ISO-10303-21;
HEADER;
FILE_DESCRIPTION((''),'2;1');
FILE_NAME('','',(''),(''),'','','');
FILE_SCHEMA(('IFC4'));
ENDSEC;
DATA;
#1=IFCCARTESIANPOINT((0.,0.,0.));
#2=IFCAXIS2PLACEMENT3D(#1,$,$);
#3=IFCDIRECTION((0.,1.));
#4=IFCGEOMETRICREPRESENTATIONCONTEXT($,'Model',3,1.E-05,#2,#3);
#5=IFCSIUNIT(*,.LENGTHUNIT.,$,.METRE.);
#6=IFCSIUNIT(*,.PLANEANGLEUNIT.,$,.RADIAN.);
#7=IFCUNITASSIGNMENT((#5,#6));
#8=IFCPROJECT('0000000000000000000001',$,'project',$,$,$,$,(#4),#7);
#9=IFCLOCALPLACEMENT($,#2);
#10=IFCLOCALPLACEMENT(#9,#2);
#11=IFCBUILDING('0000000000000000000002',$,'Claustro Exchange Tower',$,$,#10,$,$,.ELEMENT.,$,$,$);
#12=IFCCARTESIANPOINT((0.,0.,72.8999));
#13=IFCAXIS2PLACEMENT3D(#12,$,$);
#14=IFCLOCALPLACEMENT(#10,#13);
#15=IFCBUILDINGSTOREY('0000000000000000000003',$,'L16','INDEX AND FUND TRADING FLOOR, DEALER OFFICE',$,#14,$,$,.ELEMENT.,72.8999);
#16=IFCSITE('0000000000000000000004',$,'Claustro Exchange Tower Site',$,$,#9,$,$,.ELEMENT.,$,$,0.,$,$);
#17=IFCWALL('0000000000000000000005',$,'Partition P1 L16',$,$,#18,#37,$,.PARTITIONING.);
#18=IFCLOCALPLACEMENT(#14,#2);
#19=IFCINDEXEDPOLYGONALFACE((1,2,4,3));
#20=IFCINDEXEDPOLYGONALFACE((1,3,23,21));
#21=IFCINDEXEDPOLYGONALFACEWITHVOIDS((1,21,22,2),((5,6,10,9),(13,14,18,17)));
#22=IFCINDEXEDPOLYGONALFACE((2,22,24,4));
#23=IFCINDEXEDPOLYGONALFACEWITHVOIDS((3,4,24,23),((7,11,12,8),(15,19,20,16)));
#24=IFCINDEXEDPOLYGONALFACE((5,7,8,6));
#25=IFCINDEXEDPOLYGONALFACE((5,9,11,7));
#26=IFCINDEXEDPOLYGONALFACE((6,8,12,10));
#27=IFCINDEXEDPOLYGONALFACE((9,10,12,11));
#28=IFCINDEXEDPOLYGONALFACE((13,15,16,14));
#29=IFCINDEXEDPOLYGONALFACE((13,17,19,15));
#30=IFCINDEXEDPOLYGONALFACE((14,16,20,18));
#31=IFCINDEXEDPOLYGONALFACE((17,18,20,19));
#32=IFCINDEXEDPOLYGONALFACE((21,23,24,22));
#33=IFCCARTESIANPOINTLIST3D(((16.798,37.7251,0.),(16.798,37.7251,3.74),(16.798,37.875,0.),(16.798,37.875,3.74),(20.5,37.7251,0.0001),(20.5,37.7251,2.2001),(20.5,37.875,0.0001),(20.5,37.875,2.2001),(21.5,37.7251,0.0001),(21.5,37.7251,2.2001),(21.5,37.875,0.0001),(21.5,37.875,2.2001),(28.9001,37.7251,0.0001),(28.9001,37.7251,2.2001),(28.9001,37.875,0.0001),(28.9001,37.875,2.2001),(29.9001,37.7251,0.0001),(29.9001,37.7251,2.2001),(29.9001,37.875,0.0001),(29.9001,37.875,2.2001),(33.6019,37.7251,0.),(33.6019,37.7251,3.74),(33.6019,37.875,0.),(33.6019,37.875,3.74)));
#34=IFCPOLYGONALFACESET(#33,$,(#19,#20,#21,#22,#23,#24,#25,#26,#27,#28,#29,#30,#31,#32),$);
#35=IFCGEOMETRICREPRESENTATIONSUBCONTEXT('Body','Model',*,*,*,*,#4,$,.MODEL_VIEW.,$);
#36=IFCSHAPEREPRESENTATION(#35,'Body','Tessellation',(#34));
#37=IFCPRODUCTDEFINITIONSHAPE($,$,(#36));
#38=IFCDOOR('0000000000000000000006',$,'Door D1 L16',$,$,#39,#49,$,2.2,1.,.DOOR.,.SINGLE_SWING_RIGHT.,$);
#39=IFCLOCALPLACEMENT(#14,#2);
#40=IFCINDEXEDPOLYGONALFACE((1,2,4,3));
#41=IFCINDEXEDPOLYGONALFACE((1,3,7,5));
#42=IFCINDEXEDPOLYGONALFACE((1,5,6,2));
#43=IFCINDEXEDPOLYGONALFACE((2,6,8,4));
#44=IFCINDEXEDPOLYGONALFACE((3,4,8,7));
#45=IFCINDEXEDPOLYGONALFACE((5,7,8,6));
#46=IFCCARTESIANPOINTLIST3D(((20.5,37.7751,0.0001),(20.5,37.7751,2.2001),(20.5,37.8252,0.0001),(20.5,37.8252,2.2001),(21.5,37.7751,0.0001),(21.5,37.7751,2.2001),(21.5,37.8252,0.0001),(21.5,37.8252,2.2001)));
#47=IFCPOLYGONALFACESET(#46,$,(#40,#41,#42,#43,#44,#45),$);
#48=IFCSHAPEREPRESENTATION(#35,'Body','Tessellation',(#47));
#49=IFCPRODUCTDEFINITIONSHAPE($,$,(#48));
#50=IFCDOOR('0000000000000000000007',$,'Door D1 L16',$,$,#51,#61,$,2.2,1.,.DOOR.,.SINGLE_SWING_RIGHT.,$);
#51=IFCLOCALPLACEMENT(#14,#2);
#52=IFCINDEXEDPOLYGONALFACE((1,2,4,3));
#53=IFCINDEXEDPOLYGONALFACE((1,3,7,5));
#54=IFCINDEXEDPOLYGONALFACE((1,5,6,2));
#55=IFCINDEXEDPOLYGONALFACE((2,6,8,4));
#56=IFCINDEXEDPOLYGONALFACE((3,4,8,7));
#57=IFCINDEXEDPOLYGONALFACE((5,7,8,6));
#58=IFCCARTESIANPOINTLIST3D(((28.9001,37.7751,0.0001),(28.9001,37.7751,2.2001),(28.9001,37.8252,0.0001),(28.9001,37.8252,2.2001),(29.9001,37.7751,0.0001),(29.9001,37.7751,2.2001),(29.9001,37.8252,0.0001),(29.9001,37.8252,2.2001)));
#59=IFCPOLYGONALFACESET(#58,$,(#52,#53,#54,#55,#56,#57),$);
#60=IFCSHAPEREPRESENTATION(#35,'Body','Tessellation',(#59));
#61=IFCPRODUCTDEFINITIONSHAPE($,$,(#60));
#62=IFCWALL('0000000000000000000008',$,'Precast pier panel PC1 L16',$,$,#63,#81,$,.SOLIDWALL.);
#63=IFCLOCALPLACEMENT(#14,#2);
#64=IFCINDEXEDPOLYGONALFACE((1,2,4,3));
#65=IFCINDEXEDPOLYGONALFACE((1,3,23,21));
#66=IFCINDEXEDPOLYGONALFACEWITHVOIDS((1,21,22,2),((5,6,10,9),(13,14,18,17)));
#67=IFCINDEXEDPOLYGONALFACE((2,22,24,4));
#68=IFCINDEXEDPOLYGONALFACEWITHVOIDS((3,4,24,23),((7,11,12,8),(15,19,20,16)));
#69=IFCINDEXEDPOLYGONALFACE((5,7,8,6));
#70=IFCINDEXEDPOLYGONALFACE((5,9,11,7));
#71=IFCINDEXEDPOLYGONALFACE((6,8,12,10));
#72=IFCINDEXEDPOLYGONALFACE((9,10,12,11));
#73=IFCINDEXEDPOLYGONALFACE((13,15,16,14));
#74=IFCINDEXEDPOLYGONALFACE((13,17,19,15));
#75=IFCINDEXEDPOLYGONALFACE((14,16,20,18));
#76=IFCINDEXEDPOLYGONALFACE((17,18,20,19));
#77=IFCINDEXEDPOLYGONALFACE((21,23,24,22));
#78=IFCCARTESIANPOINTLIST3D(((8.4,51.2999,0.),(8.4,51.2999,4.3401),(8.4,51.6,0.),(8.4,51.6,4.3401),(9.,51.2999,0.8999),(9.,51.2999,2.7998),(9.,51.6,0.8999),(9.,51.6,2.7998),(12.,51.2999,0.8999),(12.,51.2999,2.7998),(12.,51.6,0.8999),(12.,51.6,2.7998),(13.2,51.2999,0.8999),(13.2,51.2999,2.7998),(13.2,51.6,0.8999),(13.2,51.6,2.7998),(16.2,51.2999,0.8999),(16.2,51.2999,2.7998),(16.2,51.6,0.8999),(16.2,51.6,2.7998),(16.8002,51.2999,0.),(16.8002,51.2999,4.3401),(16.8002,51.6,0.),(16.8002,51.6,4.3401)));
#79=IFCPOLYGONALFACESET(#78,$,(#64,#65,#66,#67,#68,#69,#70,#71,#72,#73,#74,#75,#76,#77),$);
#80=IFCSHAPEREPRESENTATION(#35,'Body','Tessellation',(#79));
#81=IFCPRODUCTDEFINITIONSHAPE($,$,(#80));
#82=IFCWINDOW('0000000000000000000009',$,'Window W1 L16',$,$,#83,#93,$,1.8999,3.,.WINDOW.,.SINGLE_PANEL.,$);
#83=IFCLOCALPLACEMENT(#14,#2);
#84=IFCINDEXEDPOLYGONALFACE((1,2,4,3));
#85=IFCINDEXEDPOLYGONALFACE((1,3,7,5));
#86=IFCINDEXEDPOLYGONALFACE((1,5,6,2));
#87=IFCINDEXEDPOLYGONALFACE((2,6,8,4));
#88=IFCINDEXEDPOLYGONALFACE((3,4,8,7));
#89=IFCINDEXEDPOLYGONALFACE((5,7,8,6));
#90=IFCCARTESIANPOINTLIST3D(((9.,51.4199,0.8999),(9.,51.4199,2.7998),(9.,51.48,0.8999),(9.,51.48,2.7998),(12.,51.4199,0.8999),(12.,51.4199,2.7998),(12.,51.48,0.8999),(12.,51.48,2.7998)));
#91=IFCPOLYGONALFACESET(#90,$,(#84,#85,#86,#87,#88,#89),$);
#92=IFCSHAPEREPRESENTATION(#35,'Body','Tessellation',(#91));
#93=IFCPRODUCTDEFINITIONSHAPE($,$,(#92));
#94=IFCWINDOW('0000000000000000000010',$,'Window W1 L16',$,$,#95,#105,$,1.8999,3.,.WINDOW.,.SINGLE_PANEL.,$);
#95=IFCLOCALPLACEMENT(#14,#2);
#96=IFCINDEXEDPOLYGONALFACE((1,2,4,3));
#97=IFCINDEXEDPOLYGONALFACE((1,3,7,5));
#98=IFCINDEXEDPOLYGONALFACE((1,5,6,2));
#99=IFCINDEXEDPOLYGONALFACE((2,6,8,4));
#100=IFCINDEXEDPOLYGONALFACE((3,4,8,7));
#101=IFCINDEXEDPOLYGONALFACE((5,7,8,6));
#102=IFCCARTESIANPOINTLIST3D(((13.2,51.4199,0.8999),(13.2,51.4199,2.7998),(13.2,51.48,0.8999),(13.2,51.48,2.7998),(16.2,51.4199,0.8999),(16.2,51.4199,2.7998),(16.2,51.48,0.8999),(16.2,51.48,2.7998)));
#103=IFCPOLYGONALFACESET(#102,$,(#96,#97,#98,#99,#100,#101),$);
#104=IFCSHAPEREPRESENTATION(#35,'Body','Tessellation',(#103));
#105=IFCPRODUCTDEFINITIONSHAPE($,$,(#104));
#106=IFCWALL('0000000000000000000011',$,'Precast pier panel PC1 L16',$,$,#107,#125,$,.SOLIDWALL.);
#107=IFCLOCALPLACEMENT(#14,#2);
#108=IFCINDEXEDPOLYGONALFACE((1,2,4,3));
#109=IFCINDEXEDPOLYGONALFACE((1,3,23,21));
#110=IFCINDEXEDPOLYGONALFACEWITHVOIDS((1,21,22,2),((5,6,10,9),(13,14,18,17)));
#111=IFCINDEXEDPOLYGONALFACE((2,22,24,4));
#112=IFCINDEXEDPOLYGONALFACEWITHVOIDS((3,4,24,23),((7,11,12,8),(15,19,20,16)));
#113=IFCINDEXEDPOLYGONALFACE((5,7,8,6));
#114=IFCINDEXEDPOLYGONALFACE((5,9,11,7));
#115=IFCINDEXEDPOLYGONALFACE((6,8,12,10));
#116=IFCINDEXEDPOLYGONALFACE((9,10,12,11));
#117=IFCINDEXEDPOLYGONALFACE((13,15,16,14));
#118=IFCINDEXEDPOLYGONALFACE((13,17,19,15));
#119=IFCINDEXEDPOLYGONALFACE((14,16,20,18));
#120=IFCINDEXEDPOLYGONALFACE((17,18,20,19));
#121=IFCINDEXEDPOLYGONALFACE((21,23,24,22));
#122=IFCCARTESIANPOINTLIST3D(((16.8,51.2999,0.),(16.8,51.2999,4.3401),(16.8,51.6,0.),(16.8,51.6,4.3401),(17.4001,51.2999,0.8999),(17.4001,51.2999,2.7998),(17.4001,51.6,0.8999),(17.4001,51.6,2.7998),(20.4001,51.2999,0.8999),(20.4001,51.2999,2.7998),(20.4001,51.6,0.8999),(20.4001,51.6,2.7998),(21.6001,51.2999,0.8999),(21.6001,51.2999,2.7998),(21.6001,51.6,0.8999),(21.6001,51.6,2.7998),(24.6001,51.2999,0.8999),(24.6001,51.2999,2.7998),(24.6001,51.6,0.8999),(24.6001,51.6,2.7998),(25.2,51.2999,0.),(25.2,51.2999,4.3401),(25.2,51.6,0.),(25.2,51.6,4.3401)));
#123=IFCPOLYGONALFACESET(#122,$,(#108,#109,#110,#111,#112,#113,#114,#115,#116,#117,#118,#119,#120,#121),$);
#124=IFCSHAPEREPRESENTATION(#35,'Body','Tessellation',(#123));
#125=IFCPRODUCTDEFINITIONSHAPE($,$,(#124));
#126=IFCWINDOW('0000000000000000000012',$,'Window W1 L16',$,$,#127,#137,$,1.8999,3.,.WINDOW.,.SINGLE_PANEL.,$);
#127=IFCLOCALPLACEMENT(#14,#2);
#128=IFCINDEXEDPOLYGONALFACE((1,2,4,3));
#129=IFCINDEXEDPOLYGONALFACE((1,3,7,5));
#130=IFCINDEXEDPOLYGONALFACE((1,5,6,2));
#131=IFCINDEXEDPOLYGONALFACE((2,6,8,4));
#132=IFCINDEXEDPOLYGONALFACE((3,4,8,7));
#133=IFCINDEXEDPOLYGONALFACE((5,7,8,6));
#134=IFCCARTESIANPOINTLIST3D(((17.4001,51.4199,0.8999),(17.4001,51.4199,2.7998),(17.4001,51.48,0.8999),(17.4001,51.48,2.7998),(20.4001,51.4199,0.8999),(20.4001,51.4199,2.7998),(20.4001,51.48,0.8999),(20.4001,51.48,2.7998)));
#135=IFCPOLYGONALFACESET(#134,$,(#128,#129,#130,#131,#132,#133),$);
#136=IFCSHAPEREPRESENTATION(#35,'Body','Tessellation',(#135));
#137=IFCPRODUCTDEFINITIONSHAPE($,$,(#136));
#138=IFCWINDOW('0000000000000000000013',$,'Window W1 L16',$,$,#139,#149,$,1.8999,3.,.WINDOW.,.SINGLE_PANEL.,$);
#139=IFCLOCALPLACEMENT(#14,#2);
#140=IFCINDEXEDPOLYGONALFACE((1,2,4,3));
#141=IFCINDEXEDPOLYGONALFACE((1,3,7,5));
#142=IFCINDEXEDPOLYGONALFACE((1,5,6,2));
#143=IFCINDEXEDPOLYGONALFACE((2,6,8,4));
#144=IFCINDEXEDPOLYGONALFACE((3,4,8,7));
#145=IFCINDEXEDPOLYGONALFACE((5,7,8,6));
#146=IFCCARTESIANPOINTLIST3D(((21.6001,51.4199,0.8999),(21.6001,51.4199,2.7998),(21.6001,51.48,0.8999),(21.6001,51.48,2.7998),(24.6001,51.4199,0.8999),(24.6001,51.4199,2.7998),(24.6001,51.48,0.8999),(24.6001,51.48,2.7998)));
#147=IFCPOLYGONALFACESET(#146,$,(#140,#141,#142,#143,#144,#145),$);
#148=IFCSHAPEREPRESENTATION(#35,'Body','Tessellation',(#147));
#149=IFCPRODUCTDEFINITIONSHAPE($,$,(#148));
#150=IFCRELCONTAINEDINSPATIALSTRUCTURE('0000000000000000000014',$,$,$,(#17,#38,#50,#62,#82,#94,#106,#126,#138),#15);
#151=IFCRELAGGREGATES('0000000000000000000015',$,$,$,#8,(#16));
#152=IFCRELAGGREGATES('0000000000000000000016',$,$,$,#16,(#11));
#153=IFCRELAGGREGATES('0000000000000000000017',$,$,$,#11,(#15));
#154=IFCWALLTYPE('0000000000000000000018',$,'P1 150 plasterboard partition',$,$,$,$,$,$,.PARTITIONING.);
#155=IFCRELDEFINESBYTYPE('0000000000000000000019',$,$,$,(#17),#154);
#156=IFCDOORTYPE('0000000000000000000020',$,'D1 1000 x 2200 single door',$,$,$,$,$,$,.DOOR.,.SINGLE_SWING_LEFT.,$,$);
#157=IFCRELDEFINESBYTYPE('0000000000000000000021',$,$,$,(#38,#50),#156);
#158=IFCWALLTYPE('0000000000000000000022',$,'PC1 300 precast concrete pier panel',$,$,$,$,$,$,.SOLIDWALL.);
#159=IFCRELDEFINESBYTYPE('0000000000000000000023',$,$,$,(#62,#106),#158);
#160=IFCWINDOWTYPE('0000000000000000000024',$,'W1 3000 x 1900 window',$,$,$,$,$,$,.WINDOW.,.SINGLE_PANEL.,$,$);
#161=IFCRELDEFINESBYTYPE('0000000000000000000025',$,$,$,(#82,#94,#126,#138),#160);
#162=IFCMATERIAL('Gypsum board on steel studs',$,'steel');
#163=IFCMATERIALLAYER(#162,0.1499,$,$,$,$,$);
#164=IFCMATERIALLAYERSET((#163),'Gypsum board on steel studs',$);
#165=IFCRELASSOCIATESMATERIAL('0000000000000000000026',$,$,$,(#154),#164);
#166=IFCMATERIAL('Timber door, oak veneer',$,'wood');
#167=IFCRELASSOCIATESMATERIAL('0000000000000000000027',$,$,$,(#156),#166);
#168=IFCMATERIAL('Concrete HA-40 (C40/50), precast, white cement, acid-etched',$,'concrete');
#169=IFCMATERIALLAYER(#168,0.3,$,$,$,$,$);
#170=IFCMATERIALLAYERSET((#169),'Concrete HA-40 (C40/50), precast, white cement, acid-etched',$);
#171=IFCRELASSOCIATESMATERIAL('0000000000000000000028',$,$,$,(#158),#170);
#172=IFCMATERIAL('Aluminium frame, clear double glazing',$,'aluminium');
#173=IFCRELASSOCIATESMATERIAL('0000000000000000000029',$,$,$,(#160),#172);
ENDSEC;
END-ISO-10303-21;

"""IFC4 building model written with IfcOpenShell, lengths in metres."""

from ifc_helpers import new_model, si_unit, direction, frame, frame_2d, origin, place, context, subcontext, project, spatial, rectangle, extrude, material, layer, layer_set, type_object, element, fill, save


model = new_model("IFC4")

# Units and contexts
model_context = context("Model", 3, precision=1e-05, world=origin(), true_north=direction((0.0, 1.0)))
body_context = subcontext(model_context, "Body", "Model", "MODEL_VIEW")
ifc_project = project(units=[si_unit("LENGTHUNIT", "METRE"), si_unit("PLANEANGLEUNIT", "RADIAN")], contexts=[model_context])

# Site, building, storey
site_placement = place(None, origin())
site = spatial("IfcSite", under=ifc_project, at=site_placement, Name="Claustro Exchange Tower Site", CompositionType="ELEMENT", RefElevation=0.0)
building_placement = place(site_placement, origin())
building = spatial("IfcBuilding", under=site, at=building_placement, Name="Claustro Exchange Tower", CompositionType="ELEMENT")
storey_placement = place(building_placement, frame((0.0, 0.0, 72.8999)))
storey = spatial("IfcBuildingStorey", under=building, at=storey_placement, Name="L16", Description="INDEX AND FUND TRADING FLOOR, DEALER OFFICE", CompositionType="ELEMENT", Elevation=72.8999)

# Shared definitions
ifc_material_1 = material(Name="Gypsum board on steel studs", Category="steel")
ifc_layer_1 = layer(ifc_material_1, 0.1499)
ifc_layer_set_1 = layer_set([ifc_layer_1], Name="Gypsum board on steel studs")
wall_type_1 = type_object("IfcWallType", Name="P1 150 plasterboard partition", PredefinedType="PARTITIONING", material=ifc_layer_set_1)

# Wall, openings, doors
wall_1_placement = place(storey_placement, frame((16.7981, 37.8, 0.0), z_axis=(0.0, 0.0, 1.0), x_axis=(1.0, 0.0, 0.0)))
wall_1 = element("IfcWall", 1, at=wall_1_placement, inside=storey, type_object=wall_type_1, Name="Partition P1 L16", PredefinedType="PARTITIONING", context=body_context, shape_type="SweptSolid", body=[
    extrude(rectangle(XDim=16.804, YDim=0.1499, at=frame_2d((8.4019, 0.0))), origin(), (0.0, 0.0, 1.0), 3.74),
])
opening_1_placement = place(wall_1_placement, frame((3.7019, 0.0, 0.0)))
opening_1 = element("IfcOpeningElement", 2, at=opening_1_placement, cuts=wall_1, PredefinedType="OPENING", context=body_context, shape_type="SweptSolid", body=[
    extrude(rectangle(XDim=1.0, YDim=2.2, at=frame_2d((0.5, 1.1001))), frame((0.0, 0.085, 0.0), z_axis=(0.0, -1.0, 0.0), x_axis=(1.0, 0.0, 0.0)), (0.0, 0.0, 1.0), 0.1699),
])
opening_2_placement = place(wall_1_placement, frame((12.1021, 0.0, 0.0)))
opening_2 = element("IfcOpeningElement", 3, at=opening_2_placement, cuts=wall_1, PredefinedType="OPENING", context=body_context, shape_type="SweptSolid", body=[
    extrude(rectangle(XDim=1.0, YDim=2.2, at=frame_2d((0.5, 1.1001))), frame((0.0, 0.085, 0.0), z_axis=(0.0, -1.0, 0.0), x_axis=(1.0, 0.0, 0.0)), (0.0, 0.0, 1.0), 0.1699),
])
ifc_material_2 = material(Name="Timber door, oak veneer", Category="wood")
door_type = type_object("IfcDoorType", Name="D1 1000 x 2200 single door", OperationType="SINGLE_SWING_LEFT", PredefinedType="DOOR", material=ifc_material_2)
door_1_placement = place(opening_1_placement, frame((1.0, 0.0, 0.0), z_axis=(0.0, 0.0, 1.0), x_axis=(-1.0, 0.0, 0.0)))
door_1 = element("IfcDoor", 4, at=door_1_placement, inside=storey, type_object=door_type, Name="Door D1 L16", OperationType="SINGLE_SWING_RIGHT", OverallHeight=2.2, OverallWidth=1.0, PredefinedType="DOOR", context=body_context, shape_type="SweptSolid", body=[
    extrude(rectangle(XDim=1.0, YDim=2.2, at=frame_2d((0.5, 1.1001))), frame((0.0, 0.0249, 0.0), z_axis=(0.0, -1.0, 0.0), x_axis=(1.0, 0.0, 0.0)), (0.0, 0.0, 1.0), 0.05),
])
fill(opening_1, door_1)
door_2_placement = place(opening_2_placement, frame((1.0, 0.0, 0.0), z_axis=(0.0, 0.0, 1.0), x_axis=(-1.0, 0.0, 0.0)))
door_2 = element("IfcDoor", 5, at=door_2_placement, inside=storey, type_object=door_type, Name="Door D1 L16", OperationType="SINGLE_SWING_RIGHT", OverallHeight=2.2, OverallWidth=1.0, PredefinedType="DOOR", context=body_context, shape_type="SweptSolid", body=[
    extrude(rectangle(XDim=1.0, YDim=2.2, at=frame_2d((0.5, 1.1001))), frame((0.0, 0.0249, 0.0), z_axis=(0.0, -1.0, 0.0), x_axis=(1.0, 0.0, 0.0)), (0.0, 0.0, 1.0), 0.05),
])
fill(opening_2, door_2)

# Walls, openings, windows
ifc_material_3 = material(Name="Concrete HA-40 (C40/50), precast, white cement, acid-etched", Category="concrete")
ifc_layer_2 = layer(ifc_material_3, 0.3)
ifc_layer_set_2 = layer_set([ifc_layer_2], Name="Concrete HA-40 (C40/50), precast, white cement, acid-etched")
wall_type_2 = type_object("IfcWallType", Name="PC1 300 precast concrete pier panel", PredefinedType="SOLIDWALL", material=ifc_layer_set_2)
wall_2_placement = place(storey_placement, frame((8.3999, 51.45, 0.0), z_axis=(0.0, 0.0, 1.0), x_axis=(1.0, 0.0, 0.0)))
wall_2 = element("IfcWall", 6, at=wall_2_placement, inside=storey, type_object=wall_type_2, Name="Precast pier panel PC1 L16", PredefinedType="SOLIDWALL", context=body_context, shape_type="SweptSolid", body=[
    extrude(rectangle(XDim=8.4001, YDim=0.3, at=frame_2d((4.2002, 0.0))), origin(), (0.0, 0.0, 1.0), 4.3401),
])
opening_3_placement = place(wall_2_placement, frame((0.6001, 0.0, 0.8999)))
opening_3 = element("IfcOpeningElement", 7, at=opening_3_placement, cuts=wall_2, PredefinedType="OPENING", context=body_context, shape_type="SweptSolid", body=[
    extrude(rectangle(XDim=3.0, YDim=1.8999, at=frame_2d((1.5, 0.95))), frame((0.0, 0.1599, 0.0), z_axis=(0.0, -1.0, 0.0), x_axis=(1.0, 0.0, 0.0)), (0.0, 0.0, 1.0), 0.3201),
])
opening_4_placement = place(wall_2_placement, frame((4.8, 0.0, 0.8999)))
opening_4 = element("IfcOpeningElement", 8, at=opening_4_placement, cuts=wall_2, PredefinedType="OPENING", context=body_context, shape_type="SweptSolid", body=[
    extrude(rectangle(XDim=3.0, YDim=1.8999, at=frame_2d((1.5, 0.95))), frame((0.0, 0.1599, 0.0), z_axis=(0.0, -1.0, 0.0), x_axis=(1.0, 0.0, 0.0)), (0.0, 0.0, 1.0), 0.3201),
])
ifc_material_4 = material(Name="Aluminium frame, clear double glazing", Category="aluminium")
window_type = type_object("IfcWindowType", Name="W1 3000 x 1900 window", PartitioningType="SINGLE_PANEL", PredefinedType="WINDOW", material=ifc_material_4)
window_1_placement = place(opening_3_placement, origin())
window_1 = element("IfcWindow", 9, at=window_1_placement, inside=storey, type_object=window_type, Name="Window W1 L16", OverallHeight=1.8999, OverallWidth=3.0, PartitioningType="SINGLE_PANEL", PredefinedType="WINDOW", context=body_context, shape_type="SweptSolid", body=[
    extrude(rectangle(XDim=3.0, YDim=1.8999, at=frame_2d((1.5, 0.95))), frame((0.0, 0.03, 0.0), z_axis=(0.0, -1.0, 0.0), x_axis=(1.0, 0.0, 0.0)), (0.0, 0.0, 1.0), 0.0601),
])
fill(opening_3, window_1)
window_2_placement = place(opening_4_placement, origin())
window_2 = element("IfcWindow", 10, at=window_2_placement, inside=storey, type_object=window_type, Name="Window W1 L16", OverallHeight=1.8999, OverallWidth=3.0, PartitioningType="SINGLE_PANEL", PredefinedType="WINDOW", context=body_context, shape_type="SweptSolid", body=[
    extrude(rectangle(XDim=3.0, YDim=1.8999, at=frame_2d((1.5, 0.95))), frame((0.0, 0.03, 0.0), z_axis=(0.0, -1.0, 0.0), x_axis=(1.0, 0.0, 0.0)), (0.0, 0.0, 1.0), 0.0601),
])
fill(opening_4, window_2)
wall_3_placement = place(storey_placement, frame((16.8, 51.45, 0.0), z_axis=(0.0, 0.0, 1.0), x_axis=(1.0, 0.0, 0.0)))
wall_3 = element("IfcWall", 11, at=wall_3_placement, inside=storey, type_object=wall_type_2, Name="Precast pier panel PC1 L16", PredefinedType="SOLIDWALL", context=body_context, shape_type="SweptSolid", body=[
    extrude(rectangle(XDim=8.3999, YDim=0.3, at=frame_2d((4.2, 0.0))), origin(), (0.0, 0.0, 1.0), 4.3401),
])
opening_5_placement = place(wall_3_placement, frame((0.6001, 0.0, 0.8999)))
opening_5 = element("IfcOpeningElement", 12, at=opening_5_placement, cuts=wall_3, PredefinedType="OPENING", context=body_context, shape_type="SweptSolid", body=[
    extrude(rectangle(XDim=3.0, YDim=1.8999, at=frame_2d((1.5, 0.95))), frame((0.0, 0.1599, 0.0), z_axis=(0.0, -1.0, 0.0), x_axis=(1.0, 0.0, 0.0)), (0.0, 0.0, 1.0), 0.3201),
])
opening_6_placement = place(wall_3_placement, frame((4.8, 0.0, 0.8999)))
opening_6 = element("IfcOpeningElement", 13, at=opening_6_placement, cuts=wall_3, PredefinedType="OPENING", context=body_context, shape_type="SweptSolid", body=[
    extrude(rectangle(XDim=3.0, YDim=1.8999, at=frame_2d((1.5, 0.95))), frame((0.0, 0.1599, 0.0), z_axis=(0.0, -1.0, 0.0), x_axis=(1.0, 0.0, 0.0)), (0.0, 0.0, 1.0), 0.3201),
])
window_3_placement = place(opening_5_placement, origin())
window_3 = element("IfcWindow", 14, at=window_3_placement, inside=storey, type_object=window_type, Name="Window W1 L16", OverallHeight=1.8999, OverallWidth=3.0, PartitioningType="SINGLE_PANEL", PredefinedType="WINDOW", context=body_context, shape_type="SweptSolid", body=[
    extrude(rectangle(XDim=3.0, YDim=1.8999, at=frame_2d((1.5, 0.95))), frame((0.0, 0.03, 0.0), z_axis=(0.0, -1.0, 0.0), x_axis=(1.0, 0.0, 0.0)), (0.0, 0.0, 1.0), 0.0601),
])
fill(opening_5, window_3)
window_4_placement = place(opening_6_placement, origin())
window_4 = element("IfcWindow", 15, at=window_4_placement, inside=storey, type_object=window_type, Name="Window W1 L16", OverallHeight=1.8999, OverallWidth=3.0, PartitioningType="SINGLE_PANEL", PredefinedType="WINDOW", context=body_context, shape_type="SweptSolid", body=[
    extrude(rectangle(XDim=3.0, YDim=1.8999, at=frame_2d((1.5, 0.95))), frame((0.0, 0.03, 0.0), z_axis=(0.0, -1.0, 0.0), x_axis=(1.0, 0.0, 0.0)), (0.0, 0.0, 1.0), 0.0601),
])
fill(opening_6, window_4)

save(model, "model.ifc")
